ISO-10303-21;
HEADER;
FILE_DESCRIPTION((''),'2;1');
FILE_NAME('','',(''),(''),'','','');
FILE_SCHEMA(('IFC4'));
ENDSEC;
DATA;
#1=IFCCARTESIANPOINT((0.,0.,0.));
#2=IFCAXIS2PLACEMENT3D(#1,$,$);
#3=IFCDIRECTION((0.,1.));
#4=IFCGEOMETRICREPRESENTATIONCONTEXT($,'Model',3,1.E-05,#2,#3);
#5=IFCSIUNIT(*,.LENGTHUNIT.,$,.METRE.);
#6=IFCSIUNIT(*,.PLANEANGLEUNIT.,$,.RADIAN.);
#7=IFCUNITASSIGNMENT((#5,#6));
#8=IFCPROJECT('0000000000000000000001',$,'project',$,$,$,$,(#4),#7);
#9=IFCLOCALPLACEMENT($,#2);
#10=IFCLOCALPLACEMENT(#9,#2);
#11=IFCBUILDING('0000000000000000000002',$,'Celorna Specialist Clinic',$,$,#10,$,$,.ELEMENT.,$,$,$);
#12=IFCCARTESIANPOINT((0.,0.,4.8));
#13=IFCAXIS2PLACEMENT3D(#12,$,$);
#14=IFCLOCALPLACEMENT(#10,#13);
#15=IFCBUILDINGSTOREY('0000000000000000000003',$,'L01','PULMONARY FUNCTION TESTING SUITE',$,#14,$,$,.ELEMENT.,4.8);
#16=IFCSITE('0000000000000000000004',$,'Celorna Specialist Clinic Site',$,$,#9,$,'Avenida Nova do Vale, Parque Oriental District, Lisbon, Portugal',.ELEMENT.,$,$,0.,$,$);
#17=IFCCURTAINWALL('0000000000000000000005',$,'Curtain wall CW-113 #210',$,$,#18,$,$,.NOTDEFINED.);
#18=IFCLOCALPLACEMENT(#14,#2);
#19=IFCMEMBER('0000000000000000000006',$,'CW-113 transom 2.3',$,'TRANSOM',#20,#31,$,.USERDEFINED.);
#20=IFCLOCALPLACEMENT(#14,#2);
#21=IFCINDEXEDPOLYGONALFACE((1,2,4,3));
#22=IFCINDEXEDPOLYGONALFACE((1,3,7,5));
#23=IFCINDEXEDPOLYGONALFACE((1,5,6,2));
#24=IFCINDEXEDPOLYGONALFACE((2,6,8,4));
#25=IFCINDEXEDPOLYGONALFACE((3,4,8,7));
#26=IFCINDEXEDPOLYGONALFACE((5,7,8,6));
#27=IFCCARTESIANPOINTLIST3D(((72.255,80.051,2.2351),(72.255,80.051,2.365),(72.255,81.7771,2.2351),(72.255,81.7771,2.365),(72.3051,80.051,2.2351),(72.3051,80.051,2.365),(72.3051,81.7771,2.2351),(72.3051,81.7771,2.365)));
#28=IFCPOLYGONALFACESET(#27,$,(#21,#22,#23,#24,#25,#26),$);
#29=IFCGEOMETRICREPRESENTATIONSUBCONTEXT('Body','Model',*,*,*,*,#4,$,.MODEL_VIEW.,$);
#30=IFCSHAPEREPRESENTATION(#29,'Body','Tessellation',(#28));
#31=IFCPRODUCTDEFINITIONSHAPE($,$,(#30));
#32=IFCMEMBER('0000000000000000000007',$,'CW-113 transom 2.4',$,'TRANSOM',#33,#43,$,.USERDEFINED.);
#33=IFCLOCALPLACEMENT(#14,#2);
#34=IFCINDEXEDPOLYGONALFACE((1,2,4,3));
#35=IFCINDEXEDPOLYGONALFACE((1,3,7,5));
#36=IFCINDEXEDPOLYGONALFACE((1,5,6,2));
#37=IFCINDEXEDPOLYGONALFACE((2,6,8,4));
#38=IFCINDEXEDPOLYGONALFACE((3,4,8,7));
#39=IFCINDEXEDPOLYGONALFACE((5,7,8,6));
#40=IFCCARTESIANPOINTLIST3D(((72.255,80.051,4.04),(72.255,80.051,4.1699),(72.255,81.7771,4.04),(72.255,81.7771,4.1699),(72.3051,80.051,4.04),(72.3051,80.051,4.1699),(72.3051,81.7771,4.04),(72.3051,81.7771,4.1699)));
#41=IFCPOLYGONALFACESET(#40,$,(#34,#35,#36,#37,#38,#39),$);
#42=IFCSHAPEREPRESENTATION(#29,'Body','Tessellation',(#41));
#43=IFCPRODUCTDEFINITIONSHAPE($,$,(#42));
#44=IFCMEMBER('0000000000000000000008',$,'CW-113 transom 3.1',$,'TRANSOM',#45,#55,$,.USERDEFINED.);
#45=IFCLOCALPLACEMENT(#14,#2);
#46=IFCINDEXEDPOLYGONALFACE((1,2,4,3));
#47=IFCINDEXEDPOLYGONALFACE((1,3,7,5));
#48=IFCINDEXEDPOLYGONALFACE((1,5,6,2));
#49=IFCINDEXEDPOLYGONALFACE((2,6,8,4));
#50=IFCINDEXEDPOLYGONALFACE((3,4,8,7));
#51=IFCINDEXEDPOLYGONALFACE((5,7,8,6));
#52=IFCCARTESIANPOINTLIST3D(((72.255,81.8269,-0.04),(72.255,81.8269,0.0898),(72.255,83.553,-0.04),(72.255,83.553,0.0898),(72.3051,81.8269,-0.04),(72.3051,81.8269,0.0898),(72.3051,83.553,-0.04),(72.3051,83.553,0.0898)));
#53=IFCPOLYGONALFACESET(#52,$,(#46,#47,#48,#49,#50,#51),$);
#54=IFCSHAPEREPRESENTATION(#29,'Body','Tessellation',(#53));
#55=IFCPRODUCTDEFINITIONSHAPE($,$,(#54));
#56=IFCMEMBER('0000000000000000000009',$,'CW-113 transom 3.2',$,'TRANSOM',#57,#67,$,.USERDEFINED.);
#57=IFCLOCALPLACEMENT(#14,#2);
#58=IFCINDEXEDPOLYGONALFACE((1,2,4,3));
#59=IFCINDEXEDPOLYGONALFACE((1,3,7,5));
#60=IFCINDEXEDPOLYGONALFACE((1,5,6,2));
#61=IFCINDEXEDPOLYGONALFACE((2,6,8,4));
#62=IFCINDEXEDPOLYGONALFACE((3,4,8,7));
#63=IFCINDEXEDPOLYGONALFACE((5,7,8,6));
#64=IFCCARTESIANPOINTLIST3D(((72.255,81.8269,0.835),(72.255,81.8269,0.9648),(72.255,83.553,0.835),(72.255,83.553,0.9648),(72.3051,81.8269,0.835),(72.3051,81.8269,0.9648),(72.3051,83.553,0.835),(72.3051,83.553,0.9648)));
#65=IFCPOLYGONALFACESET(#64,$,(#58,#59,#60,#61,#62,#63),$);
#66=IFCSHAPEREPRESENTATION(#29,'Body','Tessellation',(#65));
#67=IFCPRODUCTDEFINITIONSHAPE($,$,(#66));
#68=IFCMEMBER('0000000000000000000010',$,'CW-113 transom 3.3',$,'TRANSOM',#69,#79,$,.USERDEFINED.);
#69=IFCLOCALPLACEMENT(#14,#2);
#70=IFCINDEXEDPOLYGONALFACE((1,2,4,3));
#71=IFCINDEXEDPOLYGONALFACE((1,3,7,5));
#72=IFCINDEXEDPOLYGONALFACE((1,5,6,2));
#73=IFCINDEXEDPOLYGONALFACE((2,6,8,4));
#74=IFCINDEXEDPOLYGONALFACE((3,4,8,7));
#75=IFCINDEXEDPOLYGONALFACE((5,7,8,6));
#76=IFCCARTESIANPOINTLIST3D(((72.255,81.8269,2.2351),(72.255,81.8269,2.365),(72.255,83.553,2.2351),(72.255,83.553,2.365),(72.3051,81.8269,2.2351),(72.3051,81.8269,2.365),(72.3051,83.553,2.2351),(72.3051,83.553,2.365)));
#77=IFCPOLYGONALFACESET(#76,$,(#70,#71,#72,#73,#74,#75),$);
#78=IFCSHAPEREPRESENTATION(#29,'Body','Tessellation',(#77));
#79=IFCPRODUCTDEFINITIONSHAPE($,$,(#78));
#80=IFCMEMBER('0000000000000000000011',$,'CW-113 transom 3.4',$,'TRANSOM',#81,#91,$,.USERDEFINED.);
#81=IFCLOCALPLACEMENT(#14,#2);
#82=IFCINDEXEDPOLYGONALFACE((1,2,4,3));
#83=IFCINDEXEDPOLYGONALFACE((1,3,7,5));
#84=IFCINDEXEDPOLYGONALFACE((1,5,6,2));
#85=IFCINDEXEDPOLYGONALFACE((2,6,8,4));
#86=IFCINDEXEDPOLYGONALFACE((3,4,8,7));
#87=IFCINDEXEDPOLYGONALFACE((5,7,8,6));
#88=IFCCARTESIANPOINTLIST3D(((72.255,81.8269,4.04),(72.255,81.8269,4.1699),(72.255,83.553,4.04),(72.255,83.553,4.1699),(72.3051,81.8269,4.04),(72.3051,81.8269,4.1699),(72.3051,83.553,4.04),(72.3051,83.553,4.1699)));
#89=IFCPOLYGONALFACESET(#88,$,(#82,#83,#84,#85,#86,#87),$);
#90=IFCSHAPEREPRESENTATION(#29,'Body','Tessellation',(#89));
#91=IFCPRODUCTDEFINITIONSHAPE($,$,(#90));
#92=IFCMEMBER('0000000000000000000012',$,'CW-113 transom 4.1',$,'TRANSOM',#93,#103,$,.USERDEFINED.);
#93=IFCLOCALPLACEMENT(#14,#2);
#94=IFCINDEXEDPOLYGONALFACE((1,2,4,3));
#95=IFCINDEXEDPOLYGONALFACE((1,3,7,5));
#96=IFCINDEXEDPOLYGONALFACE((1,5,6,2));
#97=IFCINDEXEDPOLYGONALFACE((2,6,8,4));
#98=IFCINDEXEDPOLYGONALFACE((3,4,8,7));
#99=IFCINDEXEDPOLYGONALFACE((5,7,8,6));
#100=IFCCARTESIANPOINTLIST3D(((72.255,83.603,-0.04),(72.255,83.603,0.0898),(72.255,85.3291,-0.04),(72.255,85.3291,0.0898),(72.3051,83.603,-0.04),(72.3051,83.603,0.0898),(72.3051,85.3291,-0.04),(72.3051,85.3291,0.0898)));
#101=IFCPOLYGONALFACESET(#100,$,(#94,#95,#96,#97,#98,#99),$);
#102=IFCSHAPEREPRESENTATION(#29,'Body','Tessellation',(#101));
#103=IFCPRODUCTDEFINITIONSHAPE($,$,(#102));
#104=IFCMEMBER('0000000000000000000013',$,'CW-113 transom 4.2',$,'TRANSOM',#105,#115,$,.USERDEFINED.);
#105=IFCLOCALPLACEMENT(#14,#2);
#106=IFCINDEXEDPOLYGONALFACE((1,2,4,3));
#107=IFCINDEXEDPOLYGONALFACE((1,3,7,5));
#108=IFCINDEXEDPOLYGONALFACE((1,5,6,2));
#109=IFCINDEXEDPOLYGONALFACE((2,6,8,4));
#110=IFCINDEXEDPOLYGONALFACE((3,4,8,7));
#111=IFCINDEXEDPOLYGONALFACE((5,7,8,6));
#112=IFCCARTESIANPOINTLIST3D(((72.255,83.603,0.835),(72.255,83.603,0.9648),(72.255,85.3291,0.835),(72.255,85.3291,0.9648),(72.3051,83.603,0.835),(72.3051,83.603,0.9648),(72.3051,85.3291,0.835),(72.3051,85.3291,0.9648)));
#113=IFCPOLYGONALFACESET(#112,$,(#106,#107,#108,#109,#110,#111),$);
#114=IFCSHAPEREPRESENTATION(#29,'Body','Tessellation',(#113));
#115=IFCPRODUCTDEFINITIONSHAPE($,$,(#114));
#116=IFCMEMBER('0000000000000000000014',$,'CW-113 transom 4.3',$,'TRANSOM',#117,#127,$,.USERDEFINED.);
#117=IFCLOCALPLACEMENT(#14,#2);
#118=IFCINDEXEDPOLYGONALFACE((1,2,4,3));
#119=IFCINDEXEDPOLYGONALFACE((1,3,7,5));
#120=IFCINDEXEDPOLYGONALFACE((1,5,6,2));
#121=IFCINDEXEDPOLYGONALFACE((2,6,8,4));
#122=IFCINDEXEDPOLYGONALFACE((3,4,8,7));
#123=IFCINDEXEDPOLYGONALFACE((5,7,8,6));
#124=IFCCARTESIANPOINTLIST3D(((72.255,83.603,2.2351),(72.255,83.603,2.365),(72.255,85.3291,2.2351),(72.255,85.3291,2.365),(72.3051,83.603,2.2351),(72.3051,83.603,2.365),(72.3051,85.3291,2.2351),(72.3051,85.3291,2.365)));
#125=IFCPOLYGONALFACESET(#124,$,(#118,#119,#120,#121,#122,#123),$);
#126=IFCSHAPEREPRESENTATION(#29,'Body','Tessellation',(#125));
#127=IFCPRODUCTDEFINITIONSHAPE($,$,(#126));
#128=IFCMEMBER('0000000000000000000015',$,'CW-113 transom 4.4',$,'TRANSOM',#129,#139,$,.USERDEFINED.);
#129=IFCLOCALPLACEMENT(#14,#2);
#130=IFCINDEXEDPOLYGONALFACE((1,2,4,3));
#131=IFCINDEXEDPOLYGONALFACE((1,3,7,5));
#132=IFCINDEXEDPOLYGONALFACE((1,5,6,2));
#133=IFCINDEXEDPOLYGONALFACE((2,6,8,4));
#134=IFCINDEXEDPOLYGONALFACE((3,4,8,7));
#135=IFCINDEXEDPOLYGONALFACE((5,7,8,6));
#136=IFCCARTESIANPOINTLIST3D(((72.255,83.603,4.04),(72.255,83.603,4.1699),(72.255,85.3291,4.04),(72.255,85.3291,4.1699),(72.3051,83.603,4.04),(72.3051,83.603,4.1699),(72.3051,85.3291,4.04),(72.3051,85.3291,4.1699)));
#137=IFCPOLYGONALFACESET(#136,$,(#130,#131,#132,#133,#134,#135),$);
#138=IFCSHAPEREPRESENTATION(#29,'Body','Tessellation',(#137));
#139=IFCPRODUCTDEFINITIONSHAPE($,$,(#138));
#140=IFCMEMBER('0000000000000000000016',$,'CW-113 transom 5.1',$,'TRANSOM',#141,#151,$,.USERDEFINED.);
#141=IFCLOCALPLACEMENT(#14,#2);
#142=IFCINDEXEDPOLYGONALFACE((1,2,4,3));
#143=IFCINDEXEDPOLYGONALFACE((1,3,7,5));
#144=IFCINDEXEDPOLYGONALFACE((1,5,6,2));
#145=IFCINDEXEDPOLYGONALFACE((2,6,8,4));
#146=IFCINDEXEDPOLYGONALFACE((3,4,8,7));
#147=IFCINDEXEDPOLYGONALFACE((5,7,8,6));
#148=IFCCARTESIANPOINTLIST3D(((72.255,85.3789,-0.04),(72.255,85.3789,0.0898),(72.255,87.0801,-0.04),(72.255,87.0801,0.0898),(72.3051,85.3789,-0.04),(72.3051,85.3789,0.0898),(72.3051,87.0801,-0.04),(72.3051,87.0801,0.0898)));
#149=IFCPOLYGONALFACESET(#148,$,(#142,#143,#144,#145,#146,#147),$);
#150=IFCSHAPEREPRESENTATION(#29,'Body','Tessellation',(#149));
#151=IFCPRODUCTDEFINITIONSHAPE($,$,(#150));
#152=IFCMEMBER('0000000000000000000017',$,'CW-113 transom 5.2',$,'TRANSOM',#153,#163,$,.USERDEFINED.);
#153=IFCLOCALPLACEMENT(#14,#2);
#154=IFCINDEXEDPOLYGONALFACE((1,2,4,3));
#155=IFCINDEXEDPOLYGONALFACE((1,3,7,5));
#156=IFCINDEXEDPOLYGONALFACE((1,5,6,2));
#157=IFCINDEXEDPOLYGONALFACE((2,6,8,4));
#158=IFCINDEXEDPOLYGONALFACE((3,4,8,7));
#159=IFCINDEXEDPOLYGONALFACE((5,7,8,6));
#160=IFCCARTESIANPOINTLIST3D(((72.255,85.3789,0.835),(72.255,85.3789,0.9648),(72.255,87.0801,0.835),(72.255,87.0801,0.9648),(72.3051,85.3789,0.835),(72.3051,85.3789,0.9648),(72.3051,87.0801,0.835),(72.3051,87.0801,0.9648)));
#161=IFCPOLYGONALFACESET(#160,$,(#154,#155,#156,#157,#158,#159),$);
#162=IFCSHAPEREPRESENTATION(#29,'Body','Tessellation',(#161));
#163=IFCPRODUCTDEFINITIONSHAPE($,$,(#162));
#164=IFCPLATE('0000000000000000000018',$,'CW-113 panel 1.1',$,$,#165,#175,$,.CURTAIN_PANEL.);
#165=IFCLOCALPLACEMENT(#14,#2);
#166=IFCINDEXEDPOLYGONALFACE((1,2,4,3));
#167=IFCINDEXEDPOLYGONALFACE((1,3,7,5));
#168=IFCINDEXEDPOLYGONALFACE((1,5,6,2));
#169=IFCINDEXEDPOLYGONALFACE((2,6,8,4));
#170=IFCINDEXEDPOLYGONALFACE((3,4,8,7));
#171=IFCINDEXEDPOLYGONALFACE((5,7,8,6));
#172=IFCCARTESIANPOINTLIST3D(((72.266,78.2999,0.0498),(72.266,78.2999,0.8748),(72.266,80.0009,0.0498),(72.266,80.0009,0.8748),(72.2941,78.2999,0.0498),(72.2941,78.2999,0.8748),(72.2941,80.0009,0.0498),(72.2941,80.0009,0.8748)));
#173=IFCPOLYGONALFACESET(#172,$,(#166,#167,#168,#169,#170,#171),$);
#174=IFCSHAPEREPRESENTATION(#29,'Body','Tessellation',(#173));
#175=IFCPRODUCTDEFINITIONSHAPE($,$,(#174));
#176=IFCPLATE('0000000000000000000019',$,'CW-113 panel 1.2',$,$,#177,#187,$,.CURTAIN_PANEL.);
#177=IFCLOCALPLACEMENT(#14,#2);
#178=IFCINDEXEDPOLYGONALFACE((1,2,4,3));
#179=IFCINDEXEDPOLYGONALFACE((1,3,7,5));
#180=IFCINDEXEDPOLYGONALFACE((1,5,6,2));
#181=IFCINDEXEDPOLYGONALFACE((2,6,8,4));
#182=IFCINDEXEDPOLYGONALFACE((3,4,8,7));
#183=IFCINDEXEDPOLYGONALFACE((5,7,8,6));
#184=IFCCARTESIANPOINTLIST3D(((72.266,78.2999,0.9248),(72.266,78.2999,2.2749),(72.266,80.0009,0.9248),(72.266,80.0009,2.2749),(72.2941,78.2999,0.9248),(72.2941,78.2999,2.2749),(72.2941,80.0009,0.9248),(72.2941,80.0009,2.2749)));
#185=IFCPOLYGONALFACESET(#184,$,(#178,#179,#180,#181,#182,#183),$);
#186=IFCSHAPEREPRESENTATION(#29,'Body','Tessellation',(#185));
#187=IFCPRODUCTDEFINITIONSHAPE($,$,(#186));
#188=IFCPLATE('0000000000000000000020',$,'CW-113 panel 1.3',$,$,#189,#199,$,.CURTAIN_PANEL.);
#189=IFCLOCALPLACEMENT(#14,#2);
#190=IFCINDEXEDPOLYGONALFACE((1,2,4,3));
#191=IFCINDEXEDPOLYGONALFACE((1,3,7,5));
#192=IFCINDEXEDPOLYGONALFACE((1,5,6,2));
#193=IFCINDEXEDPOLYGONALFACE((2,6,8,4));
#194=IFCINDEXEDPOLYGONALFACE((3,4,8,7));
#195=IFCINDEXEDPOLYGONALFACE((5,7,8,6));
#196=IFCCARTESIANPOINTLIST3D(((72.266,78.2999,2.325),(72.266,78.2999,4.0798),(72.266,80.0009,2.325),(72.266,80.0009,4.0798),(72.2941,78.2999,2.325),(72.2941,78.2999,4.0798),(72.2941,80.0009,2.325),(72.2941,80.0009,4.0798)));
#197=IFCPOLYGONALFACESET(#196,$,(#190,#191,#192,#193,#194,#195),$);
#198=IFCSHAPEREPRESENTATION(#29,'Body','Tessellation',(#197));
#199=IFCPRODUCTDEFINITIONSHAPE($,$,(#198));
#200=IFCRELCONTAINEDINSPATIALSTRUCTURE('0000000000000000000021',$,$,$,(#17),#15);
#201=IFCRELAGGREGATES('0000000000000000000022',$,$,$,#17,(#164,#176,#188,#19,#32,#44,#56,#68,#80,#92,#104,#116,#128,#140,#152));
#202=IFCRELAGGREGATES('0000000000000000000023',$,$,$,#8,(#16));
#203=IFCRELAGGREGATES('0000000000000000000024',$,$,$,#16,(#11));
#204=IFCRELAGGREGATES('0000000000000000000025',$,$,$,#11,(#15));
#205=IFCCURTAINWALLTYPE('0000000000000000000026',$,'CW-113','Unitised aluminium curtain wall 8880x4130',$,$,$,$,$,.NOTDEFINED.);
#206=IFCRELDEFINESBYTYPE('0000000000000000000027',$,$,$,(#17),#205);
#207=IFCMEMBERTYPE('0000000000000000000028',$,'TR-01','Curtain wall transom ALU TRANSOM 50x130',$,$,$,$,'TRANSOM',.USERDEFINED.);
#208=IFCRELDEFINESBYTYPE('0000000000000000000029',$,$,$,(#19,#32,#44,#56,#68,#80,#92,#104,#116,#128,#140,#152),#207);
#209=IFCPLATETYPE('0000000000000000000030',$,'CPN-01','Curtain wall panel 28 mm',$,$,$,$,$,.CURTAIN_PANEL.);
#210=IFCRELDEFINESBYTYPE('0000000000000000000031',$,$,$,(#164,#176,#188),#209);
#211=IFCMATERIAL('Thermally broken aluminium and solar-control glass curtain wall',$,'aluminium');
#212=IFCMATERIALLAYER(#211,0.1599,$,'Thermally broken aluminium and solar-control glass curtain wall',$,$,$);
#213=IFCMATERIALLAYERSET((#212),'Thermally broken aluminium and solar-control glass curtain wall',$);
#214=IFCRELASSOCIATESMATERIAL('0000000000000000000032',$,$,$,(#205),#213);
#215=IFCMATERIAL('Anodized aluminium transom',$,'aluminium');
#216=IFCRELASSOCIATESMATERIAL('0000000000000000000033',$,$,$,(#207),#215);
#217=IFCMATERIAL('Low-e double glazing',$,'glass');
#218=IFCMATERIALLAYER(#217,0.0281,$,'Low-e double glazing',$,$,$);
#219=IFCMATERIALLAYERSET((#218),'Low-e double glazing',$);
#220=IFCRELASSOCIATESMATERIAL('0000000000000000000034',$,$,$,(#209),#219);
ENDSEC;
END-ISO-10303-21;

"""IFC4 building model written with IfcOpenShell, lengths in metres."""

from ifc_helpers import new_model, si_unit, direction, frame, origin, origin_2d, place, context, subcontext, project, spatial, rectangle, extrude, material, layer, layer_set, material_profile, profile_set, type_object, element, aggregate, save


model = new_model("IFC4")

# Units and contexts
model_context = context("Model", 3, precision=1e-05, world=origin(), true_north=direction((0.0, 1.0)))
body_context = subcontext(model_context, "Body", "Model", "MODEL_VIEW")
ifc_project = project(units=[si_unit("LENGTHUNIT", "METRE"), si_unit("PLANEANGLEUNIT", "RADIAN")], contexts=[model_context])

# Site, building, storey
site_placement = place(None, origin())
site = spatial("IfcSite", under=ifc_project, at=site_placement, Name="Celorna Specialist Clinic Site", LongName="Avenida Nova do Vale, Parque Oriental District, Lisbon, Portugal", CompositionType="ELEMENT", RefElevation=0.0)
building_placement = place(site_placement, origin())
building = spatial("IfcBuilding", under=site, at=building_placement, Name="Celorna Specialist Clinic", CompositionType="ELEMENT")
storey_placement = place(building_placement, frame((0.0, 0.0, 4.8)))
storey = spatial("IfcBuildingStorey", under=building, at=storey_placement, Name="L01", Description="PULMONARY FUNCTION TESTING SUITE", CompositionType="ELEMENT", Elevation=4.8)

# Curtain wall, members, plates
ifc_material_1 = material(Name="Thermally broken aluminium and solar-control glass curtain wall", Category="aluminium")
ifc_layer_1 = layer(ifc_material_1, 0.1599, Name="Thermally broken aluminium and solar-control glass curtain wall")
ifc_layer_set_1 = layer_set([ifc_layer_1], Name="Thermally broken aluminium and solar-control glass curtain wall")
curtain_wall_type = type_object("IfcCurtainWallType", Name="CW-113", Description="Unitised aluminium curtain wall 8880x4130", PredefinedType="NOTDEFINED", material=ifc_layer_set_1)
curtain_wall_placement = place(storey_placement, origin())
curtain_wall = element("IfcCurtainWall", 1, at=curtain_wall_placement, inside=storey, type_object=curtain_wall_type, Name="Curtain wall CW-113 #210", PredefinedType="NOTDEFINED")
ifc_material_2 = material(Name="Anodized aluminium transom", Category="aluminium")
ifc_material_profile_1 = material_profile(ifc_material_2, rectangle(XDim=0.05, YDim=0.1299, at=origin_2d()), Name="ALU TRANSOM 50x130")
ifc_profile_set_1 = profile_set([ifc_material_profile_1], Name="Anodized aluminium transom")
member_type_1 = type_object("IfcMemberType", Name="TR-01", Description="Curtain wall transom ALU TRANSOM 50x130", ElementType="TRANSOM", PredefinedType="USERDEFINED", material=ifc_profile_set_1)
member_1_placement = place(storey_placement, frame((72.28, 80.051, 2.3), z_axis=(0.0, 1.0, 0.0), x_axis=(-1.0, 0.0, 0.0)))
member_1 = element("IfcMember", 2, at=member_1_placement, type_object=member_type_1, Name="CW-113 transom 2.3", ObjectType="TRANSOM", PredefinedType="USERDEFINED", context=body_context, shape_type="SweptSolid", body=[
    extrude(rectangle(XDim=0.05, YDim=0.1299, at=origin_2d()), origin(), (0.0, 0.0, 1.0), 1.7261),
])
member_2_placement = place(storey_placement, frame((72.28, 80.051, 4.105), z_axis=(0.0, 1.0, 0.0), x_axis=(-1.0, 0.0, 0.0)))
member_2 = element("IfcMember", 3, at=member_2_placement, type_object=member_type_1, Name="CW-113 transom 2.4", ObjectType="TRANSOM", PredefinedType="USERDEFINED", context=body_context, shape_type="SweptSolid", body=[
    extrude(rectangle(XDim=0.05, YDim=0.1299, at=origin_2d()), origin(), (0.0, 0.0, 1.0), 1.7261),
])
member_3_placement = place(storey_placement, frame((72.28, 81.8269, 0.0249), z_axis=(0.0, 1.0, 0.0), x_axis=(-1.0, 0.0, 0.0)))
member_3 = element("IfcMember", 4, at=member_3_placement, type_object=member_type_1, Name="CW-113 transom 3.1", ObjectType="TRANSOM", PredefinedType="USERDEFINED", context=body_context, shape_type="SweptSolid", body=[
    extrude(rectangle(XDim=0.05, YDim=0.1299, at=origin_2d()), origin(), (0.0, 0.0, 1.0), 1.7261),
])
member_4_placement = place(storey_placement, frame((72.28, 81.8269, 0.8999), z_axis=(0.0, 1.0, 0.0), x_axis=(-1.0, 0.0, 0.0)))
member_4 = element("IfcMember", 5, at=member_4_placement, type_object=member_type_1, Name="CW-113 transom 3.2", ObjectType="TRANSOM", PredefinedType="USERDEFINED", context=body_context, shape_type="SweptSolid", body=[
    extrude(rectangle(XDim=0.05, YDim=0.1299, at=origin_2d()), origin(), (0.0, 0.0, 1.0), 1.7261),
])
member_5_placement = place(storey_placement, frame((72.28, 81.8269, 2.3), z_axis=(0.0, 1.0, 0.0), x_axis=(-1.0, 0.0, 0.0)))
member_5 = element("IfcMember", 6, at=member_5_placement, type_object=member_type_1, Name="CW-113 transom 3.3", ObjectType="TRANSOM", PredefinedType="USERDEFINED", context=body_context, shape_type="SweptSolid", body=[
    extrude(rectangle(XDim=0.05, YDim=0.1299, at=origin_2d()), origin(), (0.0, 0.0, 1.0), 1.7261),
])
member_6_placement = place(storey_placement, frame((72.28, 81.8269, 4.105), z_axis=(0.0, 1.0, 0.0), x_axis=(-1.0, 0.0, 0.0)))
member_6 = element("IfcMember", 7, at=member_6_placement, type_object=member_type_1, Name="CW-113 transom 3.4", ObjectType="TRANSOM", PredefinedType="USERDEFINED", context=body_context, shape_type="SweptSolid", body=[
    extrude(rectangle(XDim=0.05, YDim=0.1299, at=origin_2d()), origin(), (0.0, 0.0, 1.0), 1.7261),
])
member_7_placement = place(storey_placement, frame((72.28, 83.603, 0.0249), z_axis=(0.0, 1.0, 0.0), x_axis=(-1.0, 0.0, 0.0)))
member_7 = element("IfcMember", 8, at=member_7_placement, type_object=member_type_1, Name="CW-113 transom 4.1", ObjectType="TRANSOM", PredefinedType="USERDEFINED", context=body_context, shape_type="SweptSolid", body=[
    extrude(rectangle(XDim=0.05, YDim=0.1299, at=origin_2d()), origin(), (0.0, 0.0, 1.0), 1.7261),
])
member_8_placement = place(storey_placement, frame((72.28, 83.603, 0.8999), z_axis=(0.0, 1.0, 0.0), x_axis=(-1.0, 0.0, 0.0)))
member_8 = element("IfcMember", 9, at=member_8_placement, type_object=member_type_1, Name="CW-113 transom 4.2", ObjectType="TRANSOM", PredefinedType="USERDEFINED", context=body_context, shape_type="SweptSolid", body=[
    extrude(rectangle(XDim=0.05, YDim=0.1299, at=origin_2d()), origin(), (0.0, 0.0, 1.0), 1.7261),
])
member_9_placement = place(storey_placement, frame((72.28, 83.603, 2.3), z_axis=(0.0, 1.0, 0.0), x_axis=(-1.0, 0.0, 0.0)))
member_9 = element("IfcMember", 10, at=member_9_placement, type_object=member_type_1, Name="CW-113 transom 4.3", ObjectType="TRANSOM", PredefinedType="USERDEFINED", context=body_context, shape_type="SweptSolid", body=[
    extrude(rectangle(XDim=0.05, YDim=0.1299, at=origin_2d()), origin(), (0.0, 0.0, 1.0), 1.7261),
])
member_10_placement = place(storey_placement, frame((72.28, 83.603, 4.105), z_axis=(0.0, 1.0, 0.0), x_axis=(-1.0, 0.0, 0.0)))
member_10 = element("IfcMember", 11, at=member_10_placement, type_object=member_type_1, Name="CW-113 transom 4.4", ObjectType="TRANSOM", PredefinedType="USERDEFINED", context=body_context, shape_type="SweptSolid", body=[
    extrude(rectangle(XDim=0.05, YDim=0.1299, at=origin_2d()), origin(), (0.0, 0.0, 1.0), 1.7261),
])
member_11_placement = place(storey_placement, frame((72.28, 85.3789, 0.0249), z_axis=(0.0, 1.0, 0.0), x_axis=(-1.0, 0.0, 0.0)))
member_11 = element("IfcMember", 12, at=member_11_placement, type_object=member_type_1, Name="CW-113 transom 5.1", ObjectType="TRANSOM", PredefinedType="USERDEFINED", context=body_context, shape_type="SweptSolid", body=[
    extrude(rectangle(XDim=0.05, YDim=0.1299, at=origin_2d()), origin(), (0.0, 0.0, 1.0), 1.7012),
])
member_12_placement = place(storey_placement, frame((72.28, 85.3789, 0.8999), z_axis=(0.0, 1.0, 0.0), x_axis=(-1.0, 0.0, 0.0)))
member_12 = element("IfcMember", 13, at=member_12_placement, type_object=member_type_1, Name="CW-113 transom 5.2", ObjectType="TRANSOM", PredefinedType="USERDEFINED", context=body_context, shape_type="SweptSolid", body=[
    extrude(rectangle(XDim=0.05, YDim=0.1299, at=origin_2d()), origin(), (0.0, 0.0, 1.0), 1.7012),
])
ifc_material_3 = material(Name="Low-e double glazing", Category="glass")
ifc_layer_2 = layer(ifc_material_3, 0.0281, Name="Low-e double glazing")
ifc_layer_set_2 = layer_set([ifc_layer_2], Name="Low-e double glazing")
plate_type = type_object("IfcPlateType", Name="CPN-01", Description="Curtain wall panel 28 mm", PredefinedType="CURTAIN_PANEL", material=ifc_layer_set_2)
plate_1_placement = place(storey_placement, frame((72.28, 79.1504, 0.0498), z_axis=(0.0, 0.0, 1.0), x_axis=(0.0, 1.0, 0.0)))
plate_1 = element("IfcPlate", 14, at=plate_1_placement, type_object=plate_type, Name="CW-113 panel 1.1", PredefinedType="CURTAIN_PANEL", context=body_context, shape_type="SweptSolid", body=[
    extrude(rectangle(XDim=1.7009, YDim=0.0281, at=origin_2d()), origin(), (0.0, 0.0, 1.0), 0.825),
])
plate_2_placement = place(storey_placement, frame((72.28, 79.1504, 0.9248), z_axis=(0.0, 0.0, 1.0), x_axis=(0.0, 1.0, 0.0)))
plate_2 = element("IfcPlate", 15, at=plate_2_placement, type_object=plate_type, Name="CW-113 panel 1.2", PredefinedType="CURTAIN_PANEL", context=body_context, shape_type="SweptSolid", body=[
    extrude(rectangle(XDim=1.7009, YDim=0.0281, at=origin_2d()), origin(), (0.0, 0.0, 1.0), 1.3501),
])
plate_3_placement = place(storey_placement, frame((72.28, 79.1504, 2.325), z_axis=(0.0, 0.0, 1.0), x_axis=(0.0, 1.0, 0.0)))
plate_3 = element("IfcPlate", 16, at=plate_3_placement, type_object=plate_type, Name="CW-113 panel 1.3", PredefinedType="CURTAIN_PANEL", context=body_context, shape_type="SweptSolid", body=[
    extrude(rectangle(XDim=1.7009, YDim=0.0281, at=origin_2d()), origin(), (0.0, 0.0, 1.0), 1.7549),
])
aggregate(curtain_wall, [plate_1, plate_2, plate_3, member_1, member_2, member_3, member_4, member_5, member_6, member_7, member_8, member_9, member_10, member_11, member_12])

save(model, "model.ifc")
